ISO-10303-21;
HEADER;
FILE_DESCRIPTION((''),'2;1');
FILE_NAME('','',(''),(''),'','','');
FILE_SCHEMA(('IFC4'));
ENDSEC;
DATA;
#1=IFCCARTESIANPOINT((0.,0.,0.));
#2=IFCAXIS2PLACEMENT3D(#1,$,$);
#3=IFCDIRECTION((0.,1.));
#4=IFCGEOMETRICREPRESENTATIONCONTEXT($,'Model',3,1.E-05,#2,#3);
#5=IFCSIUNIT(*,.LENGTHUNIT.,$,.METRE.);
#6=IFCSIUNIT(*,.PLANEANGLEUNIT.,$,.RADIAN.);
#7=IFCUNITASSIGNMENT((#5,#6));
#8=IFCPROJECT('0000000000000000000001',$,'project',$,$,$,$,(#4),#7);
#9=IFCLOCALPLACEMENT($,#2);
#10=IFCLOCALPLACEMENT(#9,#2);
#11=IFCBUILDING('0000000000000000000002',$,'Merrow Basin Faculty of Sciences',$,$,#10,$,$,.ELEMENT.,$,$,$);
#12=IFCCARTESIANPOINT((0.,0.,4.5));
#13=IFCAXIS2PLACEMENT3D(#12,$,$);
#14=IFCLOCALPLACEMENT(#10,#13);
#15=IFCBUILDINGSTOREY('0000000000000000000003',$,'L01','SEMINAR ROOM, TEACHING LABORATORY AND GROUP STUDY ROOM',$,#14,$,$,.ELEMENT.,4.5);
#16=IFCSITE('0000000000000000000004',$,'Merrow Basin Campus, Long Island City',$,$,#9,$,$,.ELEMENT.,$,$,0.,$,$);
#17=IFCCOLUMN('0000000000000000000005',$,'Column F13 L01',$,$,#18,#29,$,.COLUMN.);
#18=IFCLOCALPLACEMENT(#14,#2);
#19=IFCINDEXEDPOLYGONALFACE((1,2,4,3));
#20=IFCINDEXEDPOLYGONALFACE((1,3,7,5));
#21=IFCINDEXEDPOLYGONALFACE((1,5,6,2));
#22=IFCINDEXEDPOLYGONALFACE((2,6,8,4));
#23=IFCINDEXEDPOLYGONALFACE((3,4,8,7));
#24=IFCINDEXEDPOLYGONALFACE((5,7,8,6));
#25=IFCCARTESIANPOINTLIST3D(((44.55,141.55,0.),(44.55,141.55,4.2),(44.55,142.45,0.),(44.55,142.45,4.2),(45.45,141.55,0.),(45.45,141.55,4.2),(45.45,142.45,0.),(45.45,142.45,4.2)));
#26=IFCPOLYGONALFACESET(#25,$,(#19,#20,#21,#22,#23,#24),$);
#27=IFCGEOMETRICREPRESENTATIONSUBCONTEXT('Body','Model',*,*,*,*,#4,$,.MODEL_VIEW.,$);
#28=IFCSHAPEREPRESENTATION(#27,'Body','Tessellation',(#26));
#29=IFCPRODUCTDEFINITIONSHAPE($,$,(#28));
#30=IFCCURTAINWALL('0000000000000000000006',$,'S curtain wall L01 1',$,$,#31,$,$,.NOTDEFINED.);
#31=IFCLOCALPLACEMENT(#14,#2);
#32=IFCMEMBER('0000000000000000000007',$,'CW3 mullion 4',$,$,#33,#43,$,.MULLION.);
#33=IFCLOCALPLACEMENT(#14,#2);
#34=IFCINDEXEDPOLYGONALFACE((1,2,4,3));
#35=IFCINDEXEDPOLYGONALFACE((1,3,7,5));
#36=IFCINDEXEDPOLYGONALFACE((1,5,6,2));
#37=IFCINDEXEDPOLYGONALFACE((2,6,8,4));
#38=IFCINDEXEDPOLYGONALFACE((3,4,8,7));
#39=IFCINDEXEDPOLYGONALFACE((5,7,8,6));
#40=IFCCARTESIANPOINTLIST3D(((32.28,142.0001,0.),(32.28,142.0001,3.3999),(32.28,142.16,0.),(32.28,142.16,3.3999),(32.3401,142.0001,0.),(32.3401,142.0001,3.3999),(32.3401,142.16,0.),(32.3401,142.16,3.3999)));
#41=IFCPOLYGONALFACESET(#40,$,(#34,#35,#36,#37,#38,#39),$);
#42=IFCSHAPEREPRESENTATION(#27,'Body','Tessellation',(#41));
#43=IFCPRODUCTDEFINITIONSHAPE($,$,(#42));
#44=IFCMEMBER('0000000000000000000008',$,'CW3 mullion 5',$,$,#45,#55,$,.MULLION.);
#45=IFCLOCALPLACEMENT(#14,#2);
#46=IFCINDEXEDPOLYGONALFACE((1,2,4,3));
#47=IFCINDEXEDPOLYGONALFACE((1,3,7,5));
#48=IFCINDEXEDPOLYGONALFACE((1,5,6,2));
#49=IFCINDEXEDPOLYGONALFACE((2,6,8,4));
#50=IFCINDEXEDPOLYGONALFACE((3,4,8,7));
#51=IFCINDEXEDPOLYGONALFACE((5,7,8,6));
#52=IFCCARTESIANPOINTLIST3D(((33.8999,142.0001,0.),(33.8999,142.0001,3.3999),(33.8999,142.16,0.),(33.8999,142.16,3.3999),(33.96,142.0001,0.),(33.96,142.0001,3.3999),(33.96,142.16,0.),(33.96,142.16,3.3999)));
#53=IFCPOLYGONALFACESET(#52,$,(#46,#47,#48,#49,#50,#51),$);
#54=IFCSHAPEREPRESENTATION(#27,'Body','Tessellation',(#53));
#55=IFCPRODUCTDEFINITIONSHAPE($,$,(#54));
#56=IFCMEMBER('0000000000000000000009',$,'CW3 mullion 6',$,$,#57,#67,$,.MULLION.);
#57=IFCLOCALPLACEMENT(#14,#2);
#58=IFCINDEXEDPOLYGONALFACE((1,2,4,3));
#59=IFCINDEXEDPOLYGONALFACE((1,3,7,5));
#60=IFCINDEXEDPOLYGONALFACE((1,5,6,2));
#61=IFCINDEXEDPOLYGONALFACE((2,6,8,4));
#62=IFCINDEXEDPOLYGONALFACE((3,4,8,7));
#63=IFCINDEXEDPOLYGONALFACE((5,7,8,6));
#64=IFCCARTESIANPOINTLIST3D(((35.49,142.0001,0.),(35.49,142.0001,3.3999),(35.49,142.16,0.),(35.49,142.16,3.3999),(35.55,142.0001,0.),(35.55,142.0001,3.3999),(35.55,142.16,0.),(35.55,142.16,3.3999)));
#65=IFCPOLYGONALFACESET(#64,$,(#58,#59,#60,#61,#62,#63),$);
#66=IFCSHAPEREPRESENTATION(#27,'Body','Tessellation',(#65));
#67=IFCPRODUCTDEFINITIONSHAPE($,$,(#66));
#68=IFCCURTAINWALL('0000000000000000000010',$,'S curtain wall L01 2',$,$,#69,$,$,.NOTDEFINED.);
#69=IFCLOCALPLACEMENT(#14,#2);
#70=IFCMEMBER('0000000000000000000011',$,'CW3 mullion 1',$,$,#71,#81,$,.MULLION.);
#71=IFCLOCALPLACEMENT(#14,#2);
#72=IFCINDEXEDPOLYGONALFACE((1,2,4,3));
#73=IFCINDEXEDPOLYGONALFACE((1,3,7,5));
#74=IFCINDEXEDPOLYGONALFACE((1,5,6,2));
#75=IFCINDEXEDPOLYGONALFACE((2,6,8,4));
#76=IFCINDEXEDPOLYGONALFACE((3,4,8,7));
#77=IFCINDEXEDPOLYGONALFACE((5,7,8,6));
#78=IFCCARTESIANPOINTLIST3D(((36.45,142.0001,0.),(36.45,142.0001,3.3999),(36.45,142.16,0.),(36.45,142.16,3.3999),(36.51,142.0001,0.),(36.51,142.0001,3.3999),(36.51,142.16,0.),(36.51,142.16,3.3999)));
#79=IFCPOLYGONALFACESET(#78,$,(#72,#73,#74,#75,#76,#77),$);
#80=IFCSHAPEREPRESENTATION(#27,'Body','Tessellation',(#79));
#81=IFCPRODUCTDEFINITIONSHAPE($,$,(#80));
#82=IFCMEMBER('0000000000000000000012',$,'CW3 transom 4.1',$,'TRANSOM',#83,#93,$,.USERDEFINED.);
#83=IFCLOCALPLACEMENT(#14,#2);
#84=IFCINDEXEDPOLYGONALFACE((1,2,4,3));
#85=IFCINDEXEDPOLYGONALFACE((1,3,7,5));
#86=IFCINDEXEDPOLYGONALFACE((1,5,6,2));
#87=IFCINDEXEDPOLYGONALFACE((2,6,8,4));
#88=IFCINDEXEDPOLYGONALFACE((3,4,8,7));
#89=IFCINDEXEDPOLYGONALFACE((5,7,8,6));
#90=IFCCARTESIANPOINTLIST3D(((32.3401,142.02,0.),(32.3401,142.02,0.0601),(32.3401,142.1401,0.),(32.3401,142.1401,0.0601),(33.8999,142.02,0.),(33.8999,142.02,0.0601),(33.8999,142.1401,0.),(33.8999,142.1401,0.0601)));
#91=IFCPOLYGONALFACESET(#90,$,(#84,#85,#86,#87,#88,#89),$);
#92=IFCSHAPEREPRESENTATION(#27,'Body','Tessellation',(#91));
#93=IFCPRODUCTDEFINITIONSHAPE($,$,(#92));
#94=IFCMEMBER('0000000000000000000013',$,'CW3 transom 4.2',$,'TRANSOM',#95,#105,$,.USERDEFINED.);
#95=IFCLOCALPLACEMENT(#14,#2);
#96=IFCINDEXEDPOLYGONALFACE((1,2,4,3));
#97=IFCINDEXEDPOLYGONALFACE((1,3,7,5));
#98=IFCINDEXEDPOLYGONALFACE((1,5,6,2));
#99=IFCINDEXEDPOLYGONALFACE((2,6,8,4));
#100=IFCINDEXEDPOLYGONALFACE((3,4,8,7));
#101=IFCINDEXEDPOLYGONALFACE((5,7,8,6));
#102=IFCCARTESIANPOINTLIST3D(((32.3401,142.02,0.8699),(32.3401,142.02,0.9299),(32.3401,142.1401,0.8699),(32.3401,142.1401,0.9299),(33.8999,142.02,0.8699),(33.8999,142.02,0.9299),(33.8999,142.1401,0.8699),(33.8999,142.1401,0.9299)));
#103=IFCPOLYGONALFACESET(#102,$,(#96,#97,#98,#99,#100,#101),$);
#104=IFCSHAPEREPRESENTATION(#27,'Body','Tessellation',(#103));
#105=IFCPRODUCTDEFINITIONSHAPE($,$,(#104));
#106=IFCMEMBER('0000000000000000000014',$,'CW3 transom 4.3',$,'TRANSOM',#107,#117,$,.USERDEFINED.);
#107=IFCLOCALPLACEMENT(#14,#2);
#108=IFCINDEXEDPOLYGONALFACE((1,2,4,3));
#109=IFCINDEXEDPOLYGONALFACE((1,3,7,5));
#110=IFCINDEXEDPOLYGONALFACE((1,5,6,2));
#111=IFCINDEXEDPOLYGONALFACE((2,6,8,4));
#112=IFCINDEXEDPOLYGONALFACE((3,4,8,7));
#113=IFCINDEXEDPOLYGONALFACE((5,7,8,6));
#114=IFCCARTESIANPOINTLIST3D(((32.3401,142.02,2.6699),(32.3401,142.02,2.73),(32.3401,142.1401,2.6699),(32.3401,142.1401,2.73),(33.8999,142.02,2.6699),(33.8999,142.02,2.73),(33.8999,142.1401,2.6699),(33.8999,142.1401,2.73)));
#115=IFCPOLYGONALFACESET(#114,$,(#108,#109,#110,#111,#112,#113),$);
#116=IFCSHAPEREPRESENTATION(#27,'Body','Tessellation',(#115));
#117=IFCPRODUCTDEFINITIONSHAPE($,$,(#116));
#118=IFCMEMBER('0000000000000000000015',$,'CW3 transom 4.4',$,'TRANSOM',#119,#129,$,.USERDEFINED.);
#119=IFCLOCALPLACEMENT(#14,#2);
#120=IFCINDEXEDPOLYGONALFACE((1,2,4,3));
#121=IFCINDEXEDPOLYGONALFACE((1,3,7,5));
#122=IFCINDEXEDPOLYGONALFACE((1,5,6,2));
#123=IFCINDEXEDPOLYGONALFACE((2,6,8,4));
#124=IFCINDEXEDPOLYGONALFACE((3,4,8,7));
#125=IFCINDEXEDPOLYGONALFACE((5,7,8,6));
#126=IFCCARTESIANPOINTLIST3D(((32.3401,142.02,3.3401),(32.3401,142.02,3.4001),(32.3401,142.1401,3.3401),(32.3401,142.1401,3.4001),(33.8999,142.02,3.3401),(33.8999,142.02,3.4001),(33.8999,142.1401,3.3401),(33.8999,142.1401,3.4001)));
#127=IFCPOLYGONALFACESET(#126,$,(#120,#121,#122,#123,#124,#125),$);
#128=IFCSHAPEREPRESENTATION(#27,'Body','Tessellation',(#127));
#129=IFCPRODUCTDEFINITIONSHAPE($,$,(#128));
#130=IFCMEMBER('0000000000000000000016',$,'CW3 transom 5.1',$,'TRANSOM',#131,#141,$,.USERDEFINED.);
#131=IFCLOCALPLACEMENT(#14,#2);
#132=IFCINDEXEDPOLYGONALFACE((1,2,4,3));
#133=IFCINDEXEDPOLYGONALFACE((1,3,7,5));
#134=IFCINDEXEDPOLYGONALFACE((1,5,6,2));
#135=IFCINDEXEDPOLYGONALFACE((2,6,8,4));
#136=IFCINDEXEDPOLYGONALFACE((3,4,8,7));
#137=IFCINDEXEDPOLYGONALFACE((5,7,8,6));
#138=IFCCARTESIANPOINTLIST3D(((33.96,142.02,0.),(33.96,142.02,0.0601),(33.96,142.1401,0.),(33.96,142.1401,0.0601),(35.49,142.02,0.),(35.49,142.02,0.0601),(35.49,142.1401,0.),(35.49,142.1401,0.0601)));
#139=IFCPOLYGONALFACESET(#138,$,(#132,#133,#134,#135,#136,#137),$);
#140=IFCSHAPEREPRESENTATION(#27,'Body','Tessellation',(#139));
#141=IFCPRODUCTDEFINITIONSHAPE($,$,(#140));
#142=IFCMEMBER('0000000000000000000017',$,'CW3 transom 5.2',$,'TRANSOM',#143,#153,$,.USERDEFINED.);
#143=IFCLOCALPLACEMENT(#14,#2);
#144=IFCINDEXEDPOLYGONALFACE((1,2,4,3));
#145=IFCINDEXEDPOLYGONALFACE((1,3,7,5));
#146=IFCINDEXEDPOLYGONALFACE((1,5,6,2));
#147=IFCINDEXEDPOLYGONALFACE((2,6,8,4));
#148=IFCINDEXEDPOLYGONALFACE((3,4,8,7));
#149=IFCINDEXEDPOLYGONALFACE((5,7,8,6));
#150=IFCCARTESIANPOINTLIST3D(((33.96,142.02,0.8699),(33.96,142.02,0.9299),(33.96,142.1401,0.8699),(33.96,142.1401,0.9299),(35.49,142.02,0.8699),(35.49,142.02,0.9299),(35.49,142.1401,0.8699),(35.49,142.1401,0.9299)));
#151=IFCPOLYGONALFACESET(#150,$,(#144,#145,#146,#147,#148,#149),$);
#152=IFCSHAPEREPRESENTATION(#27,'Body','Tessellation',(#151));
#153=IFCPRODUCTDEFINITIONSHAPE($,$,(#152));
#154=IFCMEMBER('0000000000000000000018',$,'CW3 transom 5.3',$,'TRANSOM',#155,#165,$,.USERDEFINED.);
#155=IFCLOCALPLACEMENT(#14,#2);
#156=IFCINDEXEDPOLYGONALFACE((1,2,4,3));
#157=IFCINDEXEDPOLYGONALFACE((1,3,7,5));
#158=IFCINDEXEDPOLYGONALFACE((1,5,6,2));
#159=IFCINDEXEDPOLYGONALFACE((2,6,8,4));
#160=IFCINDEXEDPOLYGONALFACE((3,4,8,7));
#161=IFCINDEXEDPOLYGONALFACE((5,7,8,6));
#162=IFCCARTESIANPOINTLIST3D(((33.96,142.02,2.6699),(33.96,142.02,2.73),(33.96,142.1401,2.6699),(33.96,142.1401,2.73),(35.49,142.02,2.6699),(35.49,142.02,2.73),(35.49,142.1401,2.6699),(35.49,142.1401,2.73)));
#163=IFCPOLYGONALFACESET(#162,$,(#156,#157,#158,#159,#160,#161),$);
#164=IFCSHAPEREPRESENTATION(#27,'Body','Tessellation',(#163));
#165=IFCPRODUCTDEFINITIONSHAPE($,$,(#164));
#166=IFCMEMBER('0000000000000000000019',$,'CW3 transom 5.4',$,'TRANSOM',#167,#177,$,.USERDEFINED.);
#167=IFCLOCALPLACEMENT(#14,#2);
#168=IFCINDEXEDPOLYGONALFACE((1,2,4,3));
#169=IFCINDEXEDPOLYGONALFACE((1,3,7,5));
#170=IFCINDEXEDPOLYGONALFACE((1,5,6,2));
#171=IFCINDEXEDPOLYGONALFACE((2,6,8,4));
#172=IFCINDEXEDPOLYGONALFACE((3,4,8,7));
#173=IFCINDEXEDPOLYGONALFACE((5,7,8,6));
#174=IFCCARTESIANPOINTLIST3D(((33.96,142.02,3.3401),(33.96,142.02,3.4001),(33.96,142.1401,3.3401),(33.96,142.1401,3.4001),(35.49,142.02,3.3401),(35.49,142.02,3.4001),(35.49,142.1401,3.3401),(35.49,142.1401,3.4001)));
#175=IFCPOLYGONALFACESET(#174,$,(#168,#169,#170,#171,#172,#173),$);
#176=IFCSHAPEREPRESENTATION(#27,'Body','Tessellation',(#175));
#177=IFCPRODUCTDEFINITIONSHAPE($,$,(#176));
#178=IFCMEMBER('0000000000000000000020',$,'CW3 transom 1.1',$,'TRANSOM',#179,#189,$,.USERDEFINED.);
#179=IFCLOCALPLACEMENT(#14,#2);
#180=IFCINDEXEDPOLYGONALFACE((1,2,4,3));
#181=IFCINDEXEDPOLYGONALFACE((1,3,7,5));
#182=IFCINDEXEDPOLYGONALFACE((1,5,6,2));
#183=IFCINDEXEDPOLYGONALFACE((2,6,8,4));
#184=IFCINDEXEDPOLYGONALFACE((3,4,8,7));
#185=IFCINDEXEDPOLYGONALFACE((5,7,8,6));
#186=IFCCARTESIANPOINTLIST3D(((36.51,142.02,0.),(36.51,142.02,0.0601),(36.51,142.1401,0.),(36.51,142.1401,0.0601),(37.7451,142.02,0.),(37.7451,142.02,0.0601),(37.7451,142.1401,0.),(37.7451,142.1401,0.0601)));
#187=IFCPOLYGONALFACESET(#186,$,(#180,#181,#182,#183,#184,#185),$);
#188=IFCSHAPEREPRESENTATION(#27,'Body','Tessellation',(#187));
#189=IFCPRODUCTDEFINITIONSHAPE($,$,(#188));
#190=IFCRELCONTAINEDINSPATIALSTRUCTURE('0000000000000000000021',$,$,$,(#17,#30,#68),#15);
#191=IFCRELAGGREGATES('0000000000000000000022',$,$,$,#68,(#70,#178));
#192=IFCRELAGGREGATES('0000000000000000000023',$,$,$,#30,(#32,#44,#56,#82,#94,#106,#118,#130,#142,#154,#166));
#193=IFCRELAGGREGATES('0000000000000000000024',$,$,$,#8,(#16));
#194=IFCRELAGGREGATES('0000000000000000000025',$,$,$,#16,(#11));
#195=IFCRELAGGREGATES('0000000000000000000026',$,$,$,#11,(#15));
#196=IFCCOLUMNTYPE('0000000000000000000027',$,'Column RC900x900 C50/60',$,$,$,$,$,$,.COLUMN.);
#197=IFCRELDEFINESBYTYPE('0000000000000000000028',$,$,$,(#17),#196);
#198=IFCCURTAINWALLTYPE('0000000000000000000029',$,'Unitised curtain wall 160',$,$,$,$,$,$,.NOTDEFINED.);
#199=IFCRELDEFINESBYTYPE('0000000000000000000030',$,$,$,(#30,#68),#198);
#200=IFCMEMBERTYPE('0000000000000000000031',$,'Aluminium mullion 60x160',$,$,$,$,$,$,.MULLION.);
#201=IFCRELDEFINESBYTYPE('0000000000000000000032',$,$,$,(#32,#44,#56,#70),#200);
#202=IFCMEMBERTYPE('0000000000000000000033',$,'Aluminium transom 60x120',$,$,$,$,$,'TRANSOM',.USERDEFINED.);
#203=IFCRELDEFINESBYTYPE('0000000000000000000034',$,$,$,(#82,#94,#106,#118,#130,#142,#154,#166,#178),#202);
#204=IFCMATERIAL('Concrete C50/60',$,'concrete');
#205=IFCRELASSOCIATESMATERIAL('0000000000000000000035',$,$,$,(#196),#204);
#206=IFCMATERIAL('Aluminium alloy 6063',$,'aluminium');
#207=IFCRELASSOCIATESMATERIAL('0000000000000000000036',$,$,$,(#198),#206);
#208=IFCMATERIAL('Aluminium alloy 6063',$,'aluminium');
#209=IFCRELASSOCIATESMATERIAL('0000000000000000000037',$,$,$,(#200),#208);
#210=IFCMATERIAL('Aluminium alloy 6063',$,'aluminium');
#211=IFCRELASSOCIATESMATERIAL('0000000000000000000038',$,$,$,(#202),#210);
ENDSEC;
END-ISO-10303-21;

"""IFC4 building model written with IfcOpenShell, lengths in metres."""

from ifc_helpers import new_model, si_unit, direction, frame, origin, origin_2d, place, context, subcontext, project, spatial, rectangle, extrude, material, material_profile, profile_set, type_object, element, aggregate, save


model = new_model("IFC4")

# Units and contexts
model_context = context("Model", 3, precision=1e-05, world=origin(), true_north=direction((0.0, 1.0)))
body_context = subcontext(model_context, "Body", "Model", "MODEL_VIEW")
ifc_project = project(units=[si_unit("LENGTHUNIT", "METRE"), si_unit("PLANEANGLEUNIT", "RADIAN")], contexts=[model_context])

# Site, building, storey
site_placement = place(None, origin())
site = spatial("IfcSite", under=ifc_project, at=site_placement, Name="Merrow Basin Campus, Long Island City", CompositionType="ELEMENT", RefElevation=0.0)
building_placement = place(site_placement, origin())
building = spatial("IfcBuilding", under=site, at=building_placement, Name="Merrow Basin Faculty of Sciences", CompositionType="ELEMENT")
storey_placement = place(building_placement, frame((0.0, 0.0, 4.5)))
storey = spatial("IfcBuildingStorey", under=building, at=storey_placement, Name="L01", Description="SEMINAR ROOM, TEACHING LABORATORY AND GROUP STUDY ROOM", CompositionType="ELEMENT", Elevation=4.5)

# Column
ifc_material_1 = material(Name="Concrete C50/60", Category="concrete")
ifc_material_profile_1 = material_profile(ifc_material_1, rectangle(XDim=0.8999, YDim=0.8999, at=origin_2d()))
ifc_profile_set_1 = profile_set([ifc_material_profile_1], Name="Concrete C50/60")
column_type = type_object("IfcColumnType", Name="Column RC900x900 C50/60", PredefinedType="COLUMN", material=ifc_profile_set_1)
column_placement = place(storey_placement, frame((45.0, 142.0, 0.0), z_axis=(0.0, 0.0, 1.0), x_axis=(1.0, 0.0, 0.0)))
element("IfcColumn", 1, at=column_placement, inside=storey, type_object=column_type, Name="Column F13 L01", PredefinedType="COLUMN", context=body_context, shape_type="SweptSolid", body=[
    extrude(rectangle(XDim=0.8999, YDim=0.8999, at=origin_2d()), origin(), (0.0, 0.0, 1.0), 4.2),
])

# Curtain wall, members
ifc_material_2 = material(Name="Aluminium alloy 6063", Category="aluminium")
curtain_wall_type = type_object("IfcCurtainWallType", Name="Unitised curtain wall 160", PredefinedType="NOTDEFINED", material=ifc_material_2)
curtain_wall_1_placement = place(storey_placement, origin())
curtain_wall_1 = element("IfcCurtainWall", 2, at=curtain_wall_1_placement, inside=storey, type_object=curtain_wall_type, Name="S curtain wall L01 1", PredefinedType="NOTDEFINED")
ifc_material_3 = material(Name="Aluminium alloy 6063", Category="aluminium")
ifc_material_profile_2 = material_profile(ifc_material_3, rectangle(XDim=0.1599, YDim=0.0601, at=origin_2d()))
ifc_profile_set_2 = profile_set([ifc_material_profile_2], Name="Aluminium alloy 6063")
member_type_1 = type_object("IfcMemberType", Name="Aluminium mullion 60x160", PredefinedType="MULLION", material=ifc_profile_set_2)
member_1_placement = place(storey_placement, frame((32.3101, 142.0801, 0.0), z_axis=(0.0, 0.0, 1.0), x_axis=(0.0, 1.0, 0.0)))
member_1 = element("IfcMember", 3, at=member_1_placement, type_object=member_type_1, Name="CW3 mullion 4", PredefinedType="MULLION", context=body_context, shape_type="SweptSolid", body=[
    extrude(rectangle(XDim=0.1599, YDim=0.0601, at=origin_2d()), origin(), (0.0, 0.0, 1.0), 3.3999),
])
member_2_placement = place(storey_placement, frame((33.9299, 142.0801, 0.0), z_axis=(0.0, 0.0, 1.0), x_axis=(0.0, 1.0, 0.0)))
member_2 = element("IfcMember", 4, at=member_2_placement, type_object=member_type_1, Name="CW3 mullion 5", PredefinedType="MULLION", context=body_context, shape_type="SweptSolid", body=[
    extrude(rectangle(XDim=0.1599, YDim=0.0601, at=origin_2d()), origin(), (0.0, 0.0, 1.0), 3.3999),
])
member_3_placement = place(storey_placement, frame((35.52, 142.0801, 0.0), z_axis=(0.0, 0.0, 1.0), x_axis=(0.0, 1.0, 0.0)))
member_3 = element("IfcMember", 5, at=member_3_placement, type_object=member_type_1, Name="CW3 mullion 6", PredefinedType="MULLION", context=body_context, shape_type="SweptSolid", body=[
    extrude(rectangle(XDim=0.1599, YDim=0.0601, at=origin_2d()), origin(), (0.0, 0.0, 1.0), 3.3999),
])

# Curtain wall, member
curtain_wall_2_placement = place(storey_placement, origin())
curtain_wall_2 = element("IfcCurtainWall", 6, at=curtain_wall_2_placement, inside=storey, type_object=curtain_wall_type, Name="S curtain wall L01 2", PredefinedType="NOTDEFINED")
member_4_placement = place(storey_placement, frame((36.48, 142.0801, 0.0), z_axis=(0.0, 0.0, 1.0), x_axis=(0.0, 1.0, 0.0)))
member_4 = element("IfcMember", 7, at=member_4_placement, type_object=member_type_1, Name="CW3 mullion 1", PredefinedType="MULLION", context=body_context, shape_type="SweptSolid", body=[
    extrude(rectangle(XDim=0.1599, YDim=0.0601, at=origin_2d()), origin(), (0.0, 0.0, 1.0), 3.3999),
])

# Members
ifc_material_4 = material(Name="Aluminium alloy 6063", Category="aluminium")
ifc_material_profile_3 = material_profile(ifc_material_4, rectangle(XDim=0.1201, YDim=0.0601, at=origin_2d()))
ifc_profile_set_3 = profile_set([ifc_material_profile_3], Name="Aluminium alloy 6063")
member_type_2 = type_object("IfcMemberType", Name="Aluminium transom 60x120", ElementType="TRANSOM", PredefinedType="USERDEFINED", material=ifc_profile_set_3)
member_5_placement = place(storey_placement, frame((32.3401, 142.0801, 0.03), z_axis=(1.0, 0.0, 0.0), x_axis=(0.0, 1.0, 0.0)))
member_5 = element("IfcMember", 8, at=member_5_placement, type_object=member_type_2, Name="CW3 transom 4.1", ObjectType="TRANSOM", PredefinedType="USERDEFINED", context=body_context, shape_type="SweptSolid", body=[
    extrude(rectangle(XDim=0.1201, YDim=0.0601, at=origin_2d()), origin(), (0.0, 0.0, 1.0), 1.5598),
])
member_6_placement = place(storey_placement, frame((32.3401, 142.0801, 0.8999), z_axis=(1.0, 0.0, 0.0), x_axis=(0.0, 1.0, 0.0)))
member_6 = element("IfcMember", 9, at=member_6_placement, type_object=member_type_2, Name="CW3 transom 4.2", ObjectType="TRANSOM", PredefinedType="USERDEFINED", context=body_context, shape_type="SweptSolid", body=[
    extrude(rectangle(XDim=0.1201, YDim=0.0601, at=origin_2d()), origin(), (0.0, 0.0, 1.0), 1.5598),
])
member_7_placement = place(storey_placement, frame((32.3401, 142.0801, 2.7), z_axis=(1.0, 0.0, 0.0), x_axis=(0.0, 1.0, 0.0)))
member_7 = element("IfcMember", 10, at=member_7_placement, type_object=member_type_2, Name="CW3 transom 4.3", ObjectType="TRANSOM", PredefinedType="USERDEFINED", context=body_context, shape_type="SweptSolid", body=[
    extrude(rectangle(XDim=0.1201, YDim=0.0601, at=origin_2d()), origin(), (0.0, 0.0, 1.0), 1.5598),
])
member_8_placement = place(storey_placement, frame((32.3401, 142.0801, 3.3701), z_axis=(1.0, 0.0, 0.0), x_axis=(0.0, 1.0, 0.0)))
member_8 = element("IfcMember", 11, at=member_8_placement, type_object=member_type_2, Name="CW3 transom 4.4", ObjectType="TRANSOM", PredefinedType="USERDEFINED", context=body_context, shape_type="SweptSolid", body=[
    extrude(rectangle(XDim=0.1201, YDim=0.0601, at=origin_2d()), origin(), (0.0, 0.0, 1.0), 1.5598),
])
member_9_placement = place(storey_placement, frame((33.96, 142.0801, 0.03), z_axis=(1.0, 0.0, 0.0), x_axis=(0.0, 1.0, 0.0)))
member_9 = element("IfcMember", 12, at=member_9_placement, type_object=member_type_2, Name="CW3 transom 5.1", ObjectType="TRANSOM", PredefinedType="USERDEFINED", context=body_context, shape_type="SweptSolid", body=[
    extrude(rectangle(XDim=0.1201, YDim=0.0601, at=origin_2d()), origin(), (0.0, 0.0, 1.0), 1.53),
])
member_10_placement = place(storey_placement, frame((33.96, 142.0801, 0.8999), z_axis=(1.0, 0.0, 0.0), x_axis=(0.0, 1.0, 0.0)))
member_10 = element("IfcMember", 13, at=member_10_placement, type_object=member_type_2, Name="CW3 transom 5.2", ObjectType="TRANSOM", PredefinedType="USERDEFINED", context=body_context, shape_type="SweptSolid", body=[
    extrude(rectangle(XDim=0.1201, YDim=0.0601, at=origin_2d()), origin(), (0.0, 0.0, 1.0), 1.53),
])
member_11_placement = place(storey_placement, frame((33.96, 142.0801, 2.7), z_axis=(1.0, 0.0, 0.0), x_axis=(0.0, 1.0, 0.0)))
member_11 = element("IfcMember", 14, at=member_11_placement, type_object=member_type_2, Name="CW3 transom 5.3", ObjectType="TRANSOM", PredefinedType="USERDEFINED", context=body_context, shape_type="SweptSolid", body=[
    extrude(rectangle(XDim=0.1201, YDim=0.0601, at=origin_2d()), origin(), (0.0, 0.0, 1.0), 1.53),
])
member_12_placement = place(storey_placement, frame((33.96, 142.0801, 3.3701), z_axis=(1.0, 0.0, 0.0), x_axis=(0.0, 1.0, 0.0)))
member_12 = element("IfcMember", 15, at=member_12_placement, type_object=member_type_2, Name="CW3 transom 5.4", ObjectType="TRANSOM", PredefinedType="USERDEFINED", context=body_context, shape_type="SweptSolid", body=[
    extrude(rectangle(XDim=0.1201, YDim=0.0601, at=origin_2d()), origin(), (0.0, 0.0, 1.0), 1.53),
])
member_13_placement = place(storey_placement, frame((36.51, 142.0801, 0.03), z_axis=(1.0, 0.0, 0.0), x_axis=(0.0, 1.0, 0.0)))
member_13 = element("IfcMember", 16, at=member_13_placement, type_object=member_type_2, Name="CW3 transom 1.1", ObjectType="TRANSOM", PredefinedType="USERDEFINED", context=body_context, shape_type="SweptSolid", body=[
    extrude(rectangle(XDim=0.1201, YDim=0.0601, at=origin_2d()), origin(), (0.0, 0.0, 1.0), 1.2351),
])
aggregate(curtain_wall_2, [member_4, member_13])

aggregate(curtain_wall_1, [member_1, member_2, member_3, member_5, member_6, member_7, member_8, member_9, member_10, member_11, member_12])

save(model, "model.ifc")
